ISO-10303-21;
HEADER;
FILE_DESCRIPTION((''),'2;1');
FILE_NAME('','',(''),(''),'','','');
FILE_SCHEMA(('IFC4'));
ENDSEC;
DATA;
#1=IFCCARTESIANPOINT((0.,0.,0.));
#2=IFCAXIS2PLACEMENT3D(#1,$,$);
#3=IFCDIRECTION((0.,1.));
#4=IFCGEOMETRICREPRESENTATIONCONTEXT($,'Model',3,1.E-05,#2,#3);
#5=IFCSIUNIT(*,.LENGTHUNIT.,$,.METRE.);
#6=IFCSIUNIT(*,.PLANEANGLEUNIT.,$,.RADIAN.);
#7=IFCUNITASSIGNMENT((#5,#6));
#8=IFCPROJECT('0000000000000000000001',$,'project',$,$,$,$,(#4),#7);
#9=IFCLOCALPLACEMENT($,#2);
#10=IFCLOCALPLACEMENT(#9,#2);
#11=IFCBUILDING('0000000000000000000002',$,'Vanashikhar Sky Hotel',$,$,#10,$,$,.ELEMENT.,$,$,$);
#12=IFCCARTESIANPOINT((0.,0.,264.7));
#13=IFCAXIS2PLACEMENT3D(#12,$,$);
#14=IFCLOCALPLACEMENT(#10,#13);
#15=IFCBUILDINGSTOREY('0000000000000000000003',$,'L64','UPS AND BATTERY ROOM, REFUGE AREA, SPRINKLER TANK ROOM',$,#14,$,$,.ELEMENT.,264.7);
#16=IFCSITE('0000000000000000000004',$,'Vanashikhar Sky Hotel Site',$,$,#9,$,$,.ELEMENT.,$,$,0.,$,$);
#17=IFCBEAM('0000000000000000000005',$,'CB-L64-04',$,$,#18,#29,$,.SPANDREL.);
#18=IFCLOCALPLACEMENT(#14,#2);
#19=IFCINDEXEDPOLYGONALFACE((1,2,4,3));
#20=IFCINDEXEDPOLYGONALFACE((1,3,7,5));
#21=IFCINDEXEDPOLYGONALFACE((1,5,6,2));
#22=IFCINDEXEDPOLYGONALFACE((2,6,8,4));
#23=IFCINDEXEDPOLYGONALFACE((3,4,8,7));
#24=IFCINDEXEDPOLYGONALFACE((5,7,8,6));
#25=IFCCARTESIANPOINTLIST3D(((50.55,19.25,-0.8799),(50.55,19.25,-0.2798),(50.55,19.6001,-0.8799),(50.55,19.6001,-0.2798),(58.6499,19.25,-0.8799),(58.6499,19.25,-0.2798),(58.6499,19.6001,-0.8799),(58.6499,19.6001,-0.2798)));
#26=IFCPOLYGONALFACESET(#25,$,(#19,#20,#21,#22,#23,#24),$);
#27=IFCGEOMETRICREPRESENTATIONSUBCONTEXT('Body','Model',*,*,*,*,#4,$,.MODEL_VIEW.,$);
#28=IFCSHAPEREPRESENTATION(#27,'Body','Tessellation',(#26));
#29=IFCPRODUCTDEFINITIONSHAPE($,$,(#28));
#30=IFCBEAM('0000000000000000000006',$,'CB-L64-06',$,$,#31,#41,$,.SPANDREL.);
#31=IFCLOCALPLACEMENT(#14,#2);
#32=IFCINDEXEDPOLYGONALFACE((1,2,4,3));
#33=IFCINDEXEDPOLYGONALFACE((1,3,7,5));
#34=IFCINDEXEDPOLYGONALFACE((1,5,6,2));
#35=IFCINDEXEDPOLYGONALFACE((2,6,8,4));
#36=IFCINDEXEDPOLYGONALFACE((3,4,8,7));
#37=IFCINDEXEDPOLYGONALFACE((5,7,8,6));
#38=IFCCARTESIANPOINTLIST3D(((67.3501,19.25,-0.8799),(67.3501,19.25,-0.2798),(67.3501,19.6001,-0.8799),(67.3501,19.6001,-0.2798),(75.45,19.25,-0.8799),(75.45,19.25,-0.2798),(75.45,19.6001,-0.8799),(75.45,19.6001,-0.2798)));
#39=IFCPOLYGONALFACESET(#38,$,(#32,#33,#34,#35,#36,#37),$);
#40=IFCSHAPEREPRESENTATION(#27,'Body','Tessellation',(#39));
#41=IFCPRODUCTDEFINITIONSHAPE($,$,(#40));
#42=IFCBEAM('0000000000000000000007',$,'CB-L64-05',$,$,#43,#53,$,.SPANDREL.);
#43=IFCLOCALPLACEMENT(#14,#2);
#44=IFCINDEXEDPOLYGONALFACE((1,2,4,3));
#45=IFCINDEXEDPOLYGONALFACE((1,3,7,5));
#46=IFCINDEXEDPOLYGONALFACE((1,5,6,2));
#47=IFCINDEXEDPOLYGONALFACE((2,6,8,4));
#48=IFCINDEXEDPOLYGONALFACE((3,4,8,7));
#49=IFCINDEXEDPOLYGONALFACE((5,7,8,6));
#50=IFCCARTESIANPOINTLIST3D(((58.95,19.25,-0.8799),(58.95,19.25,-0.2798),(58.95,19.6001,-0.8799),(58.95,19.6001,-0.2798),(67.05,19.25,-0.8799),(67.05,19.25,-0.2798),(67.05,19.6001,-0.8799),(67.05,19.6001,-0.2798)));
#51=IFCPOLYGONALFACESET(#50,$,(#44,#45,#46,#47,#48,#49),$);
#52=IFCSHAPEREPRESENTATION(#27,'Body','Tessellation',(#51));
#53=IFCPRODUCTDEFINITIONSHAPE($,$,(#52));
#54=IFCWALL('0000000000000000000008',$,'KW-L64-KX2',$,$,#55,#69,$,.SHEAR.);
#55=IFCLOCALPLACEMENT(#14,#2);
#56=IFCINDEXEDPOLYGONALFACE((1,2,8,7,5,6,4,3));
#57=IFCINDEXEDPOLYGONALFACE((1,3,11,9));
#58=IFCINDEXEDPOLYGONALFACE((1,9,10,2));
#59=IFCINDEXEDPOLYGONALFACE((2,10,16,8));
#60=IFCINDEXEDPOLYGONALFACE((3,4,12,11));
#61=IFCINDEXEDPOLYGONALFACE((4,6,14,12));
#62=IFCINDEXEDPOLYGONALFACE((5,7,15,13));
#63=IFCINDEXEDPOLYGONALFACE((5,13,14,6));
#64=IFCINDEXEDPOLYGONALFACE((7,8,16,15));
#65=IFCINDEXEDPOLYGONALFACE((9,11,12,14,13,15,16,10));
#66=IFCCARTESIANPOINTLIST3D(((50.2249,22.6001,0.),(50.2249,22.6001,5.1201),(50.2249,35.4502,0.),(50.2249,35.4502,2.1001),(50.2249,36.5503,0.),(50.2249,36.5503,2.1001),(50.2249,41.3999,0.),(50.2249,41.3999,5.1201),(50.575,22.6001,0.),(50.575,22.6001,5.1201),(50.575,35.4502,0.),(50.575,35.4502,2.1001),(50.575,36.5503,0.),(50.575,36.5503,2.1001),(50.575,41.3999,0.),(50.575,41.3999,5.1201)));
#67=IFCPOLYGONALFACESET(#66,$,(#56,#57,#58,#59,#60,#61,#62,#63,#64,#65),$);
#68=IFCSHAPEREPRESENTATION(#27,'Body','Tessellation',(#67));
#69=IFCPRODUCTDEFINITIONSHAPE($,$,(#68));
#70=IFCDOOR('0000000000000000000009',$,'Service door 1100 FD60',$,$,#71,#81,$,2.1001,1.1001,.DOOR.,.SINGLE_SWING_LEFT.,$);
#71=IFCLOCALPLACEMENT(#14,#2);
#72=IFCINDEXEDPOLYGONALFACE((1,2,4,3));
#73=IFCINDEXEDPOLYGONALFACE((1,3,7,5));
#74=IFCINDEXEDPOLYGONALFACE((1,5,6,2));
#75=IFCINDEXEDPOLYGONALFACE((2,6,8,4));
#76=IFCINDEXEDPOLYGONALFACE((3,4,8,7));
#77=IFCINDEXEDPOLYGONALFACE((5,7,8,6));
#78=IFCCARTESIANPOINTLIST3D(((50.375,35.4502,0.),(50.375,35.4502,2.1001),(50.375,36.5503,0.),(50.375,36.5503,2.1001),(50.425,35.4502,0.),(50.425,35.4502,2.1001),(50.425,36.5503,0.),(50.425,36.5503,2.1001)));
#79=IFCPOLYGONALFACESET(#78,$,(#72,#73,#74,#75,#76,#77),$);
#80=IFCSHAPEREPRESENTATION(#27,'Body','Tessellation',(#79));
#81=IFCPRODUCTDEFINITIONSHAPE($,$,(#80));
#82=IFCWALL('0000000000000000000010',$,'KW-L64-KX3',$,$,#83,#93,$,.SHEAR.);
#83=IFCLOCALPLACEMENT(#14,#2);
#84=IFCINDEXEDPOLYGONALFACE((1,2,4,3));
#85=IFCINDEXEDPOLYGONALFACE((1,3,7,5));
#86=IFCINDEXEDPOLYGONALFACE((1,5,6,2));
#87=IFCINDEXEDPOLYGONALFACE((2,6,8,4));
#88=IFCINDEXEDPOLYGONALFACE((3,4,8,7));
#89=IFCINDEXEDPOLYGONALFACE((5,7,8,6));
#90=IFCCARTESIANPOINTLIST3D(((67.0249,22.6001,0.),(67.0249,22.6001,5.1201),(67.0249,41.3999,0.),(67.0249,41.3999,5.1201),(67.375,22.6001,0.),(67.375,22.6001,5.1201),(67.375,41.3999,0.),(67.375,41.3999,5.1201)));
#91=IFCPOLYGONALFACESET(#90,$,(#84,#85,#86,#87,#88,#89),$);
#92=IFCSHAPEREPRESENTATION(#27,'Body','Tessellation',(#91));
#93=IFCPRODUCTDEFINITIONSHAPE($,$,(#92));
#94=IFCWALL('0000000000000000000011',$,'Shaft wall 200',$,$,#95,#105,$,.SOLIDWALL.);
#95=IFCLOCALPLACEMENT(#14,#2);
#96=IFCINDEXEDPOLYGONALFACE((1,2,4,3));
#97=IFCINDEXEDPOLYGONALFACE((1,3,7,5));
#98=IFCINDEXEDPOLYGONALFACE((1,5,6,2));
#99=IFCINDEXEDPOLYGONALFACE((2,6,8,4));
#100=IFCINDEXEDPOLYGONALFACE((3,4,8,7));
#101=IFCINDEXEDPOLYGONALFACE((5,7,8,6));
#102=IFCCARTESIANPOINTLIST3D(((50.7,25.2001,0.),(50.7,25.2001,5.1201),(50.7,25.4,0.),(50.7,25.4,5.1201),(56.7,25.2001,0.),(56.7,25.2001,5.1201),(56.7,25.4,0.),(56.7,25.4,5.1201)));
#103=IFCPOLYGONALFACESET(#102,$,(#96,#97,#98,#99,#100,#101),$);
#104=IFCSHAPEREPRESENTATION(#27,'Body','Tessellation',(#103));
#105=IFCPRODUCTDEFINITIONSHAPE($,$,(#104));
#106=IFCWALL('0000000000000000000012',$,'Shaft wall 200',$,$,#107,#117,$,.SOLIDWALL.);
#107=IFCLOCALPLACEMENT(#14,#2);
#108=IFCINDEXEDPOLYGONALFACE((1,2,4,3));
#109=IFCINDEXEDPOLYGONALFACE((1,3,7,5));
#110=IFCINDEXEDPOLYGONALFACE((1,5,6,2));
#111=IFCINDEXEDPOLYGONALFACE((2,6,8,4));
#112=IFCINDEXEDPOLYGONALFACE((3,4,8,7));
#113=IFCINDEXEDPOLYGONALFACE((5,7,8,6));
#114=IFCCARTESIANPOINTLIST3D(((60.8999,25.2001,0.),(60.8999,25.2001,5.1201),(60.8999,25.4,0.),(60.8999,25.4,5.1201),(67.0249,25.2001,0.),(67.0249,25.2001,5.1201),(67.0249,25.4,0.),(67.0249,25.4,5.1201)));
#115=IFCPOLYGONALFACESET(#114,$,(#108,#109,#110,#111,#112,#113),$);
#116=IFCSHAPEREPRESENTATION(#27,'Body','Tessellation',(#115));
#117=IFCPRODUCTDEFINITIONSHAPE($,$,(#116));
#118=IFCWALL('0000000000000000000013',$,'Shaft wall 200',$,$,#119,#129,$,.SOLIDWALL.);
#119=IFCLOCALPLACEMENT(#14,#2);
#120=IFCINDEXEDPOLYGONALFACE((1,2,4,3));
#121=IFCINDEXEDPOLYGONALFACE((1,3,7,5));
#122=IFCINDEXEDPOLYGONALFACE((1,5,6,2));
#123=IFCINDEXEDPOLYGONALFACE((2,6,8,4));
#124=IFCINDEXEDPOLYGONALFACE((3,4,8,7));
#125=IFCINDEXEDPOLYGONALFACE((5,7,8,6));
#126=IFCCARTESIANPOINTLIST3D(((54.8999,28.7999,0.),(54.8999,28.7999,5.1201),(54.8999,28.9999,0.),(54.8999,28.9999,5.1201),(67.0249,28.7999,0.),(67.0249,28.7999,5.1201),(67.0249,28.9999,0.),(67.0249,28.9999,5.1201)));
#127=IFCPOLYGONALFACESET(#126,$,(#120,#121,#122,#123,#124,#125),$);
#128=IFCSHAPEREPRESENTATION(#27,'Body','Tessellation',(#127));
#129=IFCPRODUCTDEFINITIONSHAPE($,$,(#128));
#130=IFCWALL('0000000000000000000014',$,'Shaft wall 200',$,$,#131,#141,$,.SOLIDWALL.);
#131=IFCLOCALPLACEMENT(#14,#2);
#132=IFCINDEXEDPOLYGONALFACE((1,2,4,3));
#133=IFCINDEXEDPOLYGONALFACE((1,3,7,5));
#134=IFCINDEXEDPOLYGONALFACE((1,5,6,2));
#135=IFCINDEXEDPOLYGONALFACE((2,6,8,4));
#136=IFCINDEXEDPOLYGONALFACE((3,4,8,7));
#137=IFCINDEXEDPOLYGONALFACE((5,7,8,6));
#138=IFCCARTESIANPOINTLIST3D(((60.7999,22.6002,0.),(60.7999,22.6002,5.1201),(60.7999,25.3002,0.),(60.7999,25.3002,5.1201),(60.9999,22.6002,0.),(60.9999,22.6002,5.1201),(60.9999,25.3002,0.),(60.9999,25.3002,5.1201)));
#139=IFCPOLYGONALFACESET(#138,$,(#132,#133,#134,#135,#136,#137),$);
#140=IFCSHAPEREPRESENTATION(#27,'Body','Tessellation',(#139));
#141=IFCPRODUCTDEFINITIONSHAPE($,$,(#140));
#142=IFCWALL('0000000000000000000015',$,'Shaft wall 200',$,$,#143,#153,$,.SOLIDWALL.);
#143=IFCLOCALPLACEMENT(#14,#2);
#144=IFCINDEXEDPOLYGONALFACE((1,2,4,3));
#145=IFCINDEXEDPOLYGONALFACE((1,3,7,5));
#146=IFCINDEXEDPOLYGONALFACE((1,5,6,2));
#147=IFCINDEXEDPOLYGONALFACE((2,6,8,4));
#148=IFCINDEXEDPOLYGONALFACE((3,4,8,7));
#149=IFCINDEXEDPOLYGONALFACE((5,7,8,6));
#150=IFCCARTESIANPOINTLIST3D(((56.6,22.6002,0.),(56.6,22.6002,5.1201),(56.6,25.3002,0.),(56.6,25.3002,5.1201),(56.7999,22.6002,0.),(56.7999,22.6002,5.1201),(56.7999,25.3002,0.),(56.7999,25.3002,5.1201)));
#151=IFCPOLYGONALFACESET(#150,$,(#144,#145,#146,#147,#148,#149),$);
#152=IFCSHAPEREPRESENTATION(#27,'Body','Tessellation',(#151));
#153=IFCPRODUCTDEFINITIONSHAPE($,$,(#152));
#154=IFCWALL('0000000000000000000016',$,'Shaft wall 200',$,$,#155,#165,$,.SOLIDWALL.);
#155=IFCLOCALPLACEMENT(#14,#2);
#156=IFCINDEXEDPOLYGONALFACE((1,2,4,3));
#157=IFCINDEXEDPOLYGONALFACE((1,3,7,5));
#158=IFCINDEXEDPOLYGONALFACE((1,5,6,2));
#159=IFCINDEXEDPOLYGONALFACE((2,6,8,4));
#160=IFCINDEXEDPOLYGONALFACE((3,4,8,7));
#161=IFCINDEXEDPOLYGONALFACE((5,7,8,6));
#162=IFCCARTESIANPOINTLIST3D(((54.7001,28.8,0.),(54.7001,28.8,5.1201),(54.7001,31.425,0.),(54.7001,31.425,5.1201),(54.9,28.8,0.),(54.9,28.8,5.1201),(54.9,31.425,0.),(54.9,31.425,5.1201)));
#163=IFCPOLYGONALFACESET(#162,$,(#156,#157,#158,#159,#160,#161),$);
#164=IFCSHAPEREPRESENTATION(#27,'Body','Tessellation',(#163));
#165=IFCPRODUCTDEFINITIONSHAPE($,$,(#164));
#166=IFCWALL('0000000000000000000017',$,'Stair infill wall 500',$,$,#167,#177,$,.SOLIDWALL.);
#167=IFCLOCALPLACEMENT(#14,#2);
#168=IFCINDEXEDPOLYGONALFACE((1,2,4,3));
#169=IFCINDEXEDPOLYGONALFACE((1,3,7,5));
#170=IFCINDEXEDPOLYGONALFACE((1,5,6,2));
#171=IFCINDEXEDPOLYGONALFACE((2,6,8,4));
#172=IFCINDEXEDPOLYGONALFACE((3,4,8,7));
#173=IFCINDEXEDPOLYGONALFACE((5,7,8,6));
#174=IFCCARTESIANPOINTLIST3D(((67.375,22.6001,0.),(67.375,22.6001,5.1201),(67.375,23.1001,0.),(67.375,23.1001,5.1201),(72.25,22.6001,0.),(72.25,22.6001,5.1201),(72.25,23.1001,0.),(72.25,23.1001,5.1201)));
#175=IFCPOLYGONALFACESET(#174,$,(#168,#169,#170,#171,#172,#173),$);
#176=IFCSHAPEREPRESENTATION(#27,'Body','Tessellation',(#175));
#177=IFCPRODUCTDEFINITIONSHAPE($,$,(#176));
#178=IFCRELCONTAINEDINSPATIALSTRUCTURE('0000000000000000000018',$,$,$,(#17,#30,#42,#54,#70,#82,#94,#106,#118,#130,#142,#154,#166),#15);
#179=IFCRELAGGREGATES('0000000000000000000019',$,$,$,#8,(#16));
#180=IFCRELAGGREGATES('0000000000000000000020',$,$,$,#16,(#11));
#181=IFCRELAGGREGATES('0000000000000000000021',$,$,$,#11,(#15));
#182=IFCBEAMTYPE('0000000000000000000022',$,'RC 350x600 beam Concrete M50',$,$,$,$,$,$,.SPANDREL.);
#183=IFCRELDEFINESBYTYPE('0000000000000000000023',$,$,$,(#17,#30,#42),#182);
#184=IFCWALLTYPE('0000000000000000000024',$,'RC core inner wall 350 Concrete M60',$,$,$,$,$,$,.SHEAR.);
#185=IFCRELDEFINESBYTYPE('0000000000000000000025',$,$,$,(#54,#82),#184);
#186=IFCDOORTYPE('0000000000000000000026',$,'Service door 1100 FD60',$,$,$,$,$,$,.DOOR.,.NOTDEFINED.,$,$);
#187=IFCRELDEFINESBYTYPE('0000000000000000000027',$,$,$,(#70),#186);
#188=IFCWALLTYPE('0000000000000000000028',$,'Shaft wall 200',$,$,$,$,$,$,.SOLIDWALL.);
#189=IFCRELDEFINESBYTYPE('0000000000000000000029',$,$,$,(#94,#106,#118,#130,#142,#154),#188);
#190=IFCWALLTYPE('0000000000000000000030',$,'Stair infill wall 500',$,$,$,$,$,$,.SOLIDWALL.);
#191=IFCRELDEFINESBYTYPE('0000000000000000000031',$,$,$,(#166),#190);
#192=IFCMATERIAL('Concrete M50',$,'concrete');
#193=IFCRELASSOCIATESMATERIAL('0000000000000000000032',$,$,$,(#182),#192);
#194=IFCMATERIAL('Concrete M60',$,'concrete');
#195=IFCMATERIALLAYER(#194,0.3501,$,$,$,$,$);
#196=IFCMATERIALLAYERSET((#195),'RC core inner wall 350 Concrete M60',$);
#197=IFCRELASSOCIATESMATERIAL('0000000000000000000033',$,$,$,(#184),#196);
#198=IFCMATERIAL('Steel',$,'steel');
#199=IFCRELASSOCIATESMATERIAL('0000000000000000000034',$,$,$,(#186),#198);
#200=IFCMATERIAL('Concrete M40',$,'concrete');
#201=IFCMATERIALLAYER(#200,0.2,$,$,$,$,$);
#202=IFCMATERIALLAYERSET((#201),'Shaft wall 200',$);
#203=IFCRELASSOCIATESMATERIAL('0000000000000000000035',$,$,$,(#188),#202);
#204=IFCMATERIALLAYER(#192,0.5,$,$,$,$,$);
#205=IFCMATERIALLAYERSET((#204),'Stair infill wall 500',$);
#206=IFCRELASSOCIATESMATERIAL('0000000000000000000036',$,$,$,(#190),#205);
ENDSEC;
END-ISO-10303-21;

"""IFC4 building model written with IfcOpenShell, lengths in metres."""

from ifc_helpers import new_model, si_unit, direction, frame, frame_2d, origin, origin_2d, place, context, subcontext, project, spatial, rectangle, extrude, source, transform, mapped, material, layer, layer_set, material_profile, profile_set, type_object, element, fill, save


model = new_model("IFC4")

# Units and contexts
model_context = context("Model", 3, precision=1e-05, world=origin(), true_north=direction((0.0, 1.0)))
body_context = subcontext(model_context, "Body", "Model", "MODEL_VIEW")
ifc_project = project(units=[si_unit("LENGTHUNIT", "METRE"), si_unit("PLANEANGLEUNIT", "RADIAN")], contexts=[model_context])

# Site, building, storey
site_placement = place(None, origin())
site = spatial("IfcSite", under=ifc_project, at=site_placement, Name="Vanashikhar Sky Hotel Site", CompositionType="ELEMENT", RefElevation=0.0)
building_placement = place(site_placement, origin())
building = spatial("IfcBuilding", under=site, at=building_placement, Name="Vanashikhar Sky Hotel", CompositionType="ELEMENT")
storey_placement = place(building_placement, frame((0.0, 0.0, 264.7)))
storey = spatial("IfcBuildingStorey", under=building, at=storey_placement, Name="L64", Description="UPS AND BATTERY ROOM, REFUGE AREA, SPRINKLER TANK ROOM", CompositionType="ELEMENT", Elevation=264.7)

# Beams
ifc_material_1 = material(Name="Concrete M50", Category="concrete")
ifc_material_profile = material_profile(ifc_material_1, rectangle(XDim=0.3501, YDim=0.6001, at=origin_2d()))
ifc_profile_set = profile_set([ifc_material_profile], Name="RC 350x600 beam Concrete M50")
beam_type = type_object("IfcBeamType", Name="RC 350x600 beam Concrete M50", PredefinedType="SPANDREL", material=ifc_profile_set)
shared_shape_1 = source(origin(), body_context, "Body", "SweptSolid", [
    extrude(rectangle(XDim=0.3501, YDim=0.6001, at=origin_2d()), origin(), (0.0, 0.0, 1.0), 8.0999),
])
for number, where, z_axis, x_axis, name in (
    (1, (50.55, 19.425, -0.5798), (1.0, 0.0, 0.0), (0.0, 1.0, 0.0), "CB-L64-04"),
    (2, (67.3501, 19.425, -0.5798), (1.0, 0.0, 0.0), (0.0, 1.0, 0.0), "CB-L64-06"),
):
    element("IfcBeam", number, at=place(storey_placement, frame(where, z_axis=z_axis, x_axis=x_axis)), inside=storey, type_object=beam_type, Name=name, PredefinedType="SPANDREL", context=body_context, shape_type="MappedRepresentation", body=[
        mapped(shared_shape_1, transform((0.0, 0.0, 0.0), scale=1.0)),
    ])
shared_shape_2 = source(origin(), body_context, "Body", "SweptSolid", [
    extrude(rectangle(XDim=0.3501, YDim=0.6001, at=origin_2d()), origin(), (0.0, 0.0, 1.0), 8.1001),
])
beam_placement = place(storey_placement, frame((58.95, 19.425, -0.5798), z_axis=(1.0, 0.0, 0.0), x_axis=(0.0, 1.0, 0.0)))
element("IfcBeam", 3, at=beam_placement, inside=storey, type_object=beam_type, Name="CB-L64-05", PredefinedType="SPANDREL", context=body_context, shape_type="MappedRepresentation", body=[
    mapped(shared_shape_2, transform((0.0, 0.0, 0.0), scale=1.0)),
])

# Wall, opening, door
ifc_material_2 = material(Name="Concrete M60", Category="concrete")
ifc_layer_1 = layer(ifc_material_2, 0.3501)
ifc_layer_set_1 = layer_set([ifc_layer_1], Name="RC core inner wall 350 Concrete M60")
wall_type_1 = type_object("IfcWallType", Name="RC core inner wall 350 Concrete M60", PredefinedType="SHEAR", material=ifc_layer_set_1)
shared_shape_3 = source(origin(), body_context, "Body", "SweptSolid", [
    extrude(rectangle(XDim=18.7998, YDim=0.3501, at=frame_2d((9.3999, 0.0))), origin(), (0.0, 0.0, 1.0), 5.1201),
])
wall_1_placement = place(storey_placement, frame((50.3999, 22.6001, 0.0), z_axis=(0.0, 0.0, 1.0), x_axis=(0.0, 1.0, 0.0)))
wall_1 = element("IfcWall", 4, at=wall_1_placement, inside=storey, type_object=wall_type_1, Name="KW-L64-KX2", PredefinedType="SHEAR", context=body_context, shape_type="MappedRepresentation", body=[
    mapped(shared_shape_3, transform((0.0, 0.0, 0.0), scale=1.0)),
])
shared_shape_4 = source(origin(), body_context, "Body", "SweptSolid", [
    extrude(rectangle(XDim=1.1001, YDim=2.1001, at=frame_2d((0.55, 1.05))), frame((0.0, 0.1851, 0.0), z_axis=(0.0, -1.0, 0.0), x_axis=(1.0, 0.0, 0.0)), (0.0, 0.0, 1.0), 0.3701),
])
opening_1_placement = place(wall_1_placement, frame((12.8501, 0.0, 0.0)))
opening_1 = element("IfcOpeningElement", 5, at=opening_1_placement, cuts=wall_1, PredefinedType="OPENING", context=body_context, shape_type="MappedRepresentation", body=[
    mapped(shared_shape_4, transform((0.0, 0.0, 0.0), scale=1.0)),
])
ifc_material_3 = material(Name="Steel", Category="steel")
door_type_1 = type_object("IfcDoorType", Name="Service door 1100 FD60", OperationType="NOTDEFINED", PredefinedType="DOOR", material=ifc_material_3)
shared_shape_5 = source(origin(), body_context, "Body", "SweptSolid", [
    extrude(rectangle(XDim=1.1001, YDim=2.1001, at=frame_2d((0.55, 1.05))), frame((0.0, 0.0249, 0.0), z_axis=(0.0, -1.0, 0.0), x_axis=(1.0, 0.0, 0.0)), (0.0, 0.0, 1.0), 0.05),
])
door_1_placement = place(opening_1_placement, origin())
door_1 = element("IfcDoor", 6, at=door_1_placement, inside=storey, type_object=door_type_1, Name="Service door 1100 FD60", OperationType="SINGLE_SWING_LEFT", OverallHeight=2.1001, OverallWidth=1.1001, PredefinedType="DOOR", context=body_context, shape_type="MappedRepresentation", body=[
    mapped(shared_shape_5, transform((0.0, 0.0, 0.0), scale=1.0)),
])
fill(opening_1, door_1)

# Walls
wall_2_placement = place(storey_placement, frame((67.2, 22.6001, 0.0), z_axis=(0.0, 0.0, 1.0), x_axis=(0.0, 1.0, 0.0)))
element("IfcWall", 7, at=wall_2_placement, inside=storey, type_object=wall_type_1, Name="KW-L64-KX3", PredefinedType="SHEAR", context=body_context, shape_type="MappedRepresentation", body=[
    mapped(shared_shape_3, transform((0.0, 0.0, 0.0), scale=1.0)),
])
ifc_material_4 = material(Name="Concrete M40", Category="concrete")
ifc_layer_2 = layer(ifc_material_4, 0.2)
ifc_layer_set_2 = layer_set([ifc_layer_2], Name="Shaft wall 200")
wall_type_2 = type_object("IfcWallType", Name="Shaft wall 200", PredefinedType="SOLIDWALL", material=ifc_layer_set_2)
shared_shape_6 = source(origin(), body_context, "Body", "SweptSolid", [
    extrude(rectangle(XDim=6.0, YDim=0.2, at=frame_2d((3.0, 0.0))), origin(), (0.0, 0.0, 1.0), 5.1201),
])
wall_3_placement = place(storey_placement, frame((56.7, 25.3, 0.0), z_axis=(0.0, 0.0, 1.0), x_axis=(-1.0, 0.0, 0.0)))
element("IfcWall", 8, at=wall_3_placement, inside=storey, type_object=wall_type_2, Name="Shaft wall 200", PredefinedType="SOLIDWALL", context=body_context, shape_type="MappedRepresentation", body=[
    mapped(shared_shape_6, transform((0.0, 0.0, 0.0), scale=1.0)),
])
shared_shape_7 = source(origin(), body_context, "Body", "SweptSolid", [
    extrude(rectangle(XDim=6.125, YDim=0.2, at=frame_2d((3.0625, 0.0))), origin(), (0.0, 0.0, 1.0), 5.1201),
])
wall_4_placement = place(storey_placement, frame((67.0249, 25.3, 0.0), z_axis=(0.0, 0.0, 1.0), x_axis=(-1.0, 0.0, 0.0)))
element("IfcWall", 9, at=wall_4_placement, inside=storey, type_object=wall_type_2, Name="Shaft wall 200", PredefinedType="SOLIDWALL", context=body_context, shape_type="MappedRepresentation", body=[
    mapped(shared_shape_7, transform((0.0, 0.0, 0.0), scale=1.0)),
])
shared_shape_8 = source(origin(), body_context, "Body", "SweptSolid", [
    extrude(rectangle(XDim=12.125, YDim=0.2, at=frame_2d((6.0625, 0.0))), origin(), (0.0, 0.0, 1.0), 5.1201),
])
wall_5_placement = place(storey_placement, frame((67.0249, 28.8999, 0.0), z_axis=(0.0, 0.0, 1.0), x_axis=(-1.0, 0.0, 0.0)))
element("IfcWall", 10, at=wall_5_placement, inside=storey, type_object=wall_type_2, Name="Shaft wall 200", PredefinedType="SOLIDWALL", context=body_context, shape_type="MappedRepresentation", body=[
    mapped(shared_shape_8, transform((0.0, 0.0, 0.0), scale=1.0)),
])
shared_shape_9 = source(origin(), body_context, "Body", "SweptSolid", [
    extrude(rectangle(XDim=2.7, YDim=0.2, at=frame_2d((1.3501, 0.0))), origin(), (0.0, 0.0, 1.0), 5.1201),
])
for number, where, z_axis, x_axis, name in (
    (11, (60.8999, 22.6001, 0.0), (0.0, 0.0, 1.0), (0.0, 1.0, 0.0), "Shaft wall 200"),
    (12, (56.7, 22.6001, 0.0), (0.0, 0.0, 1.0), (0.0, 1.0, 0.0), "Shaft wall 200"),
):
    element("IfcWall", number, at=place(storey_placement, frame(where, z_axis=z_axis, x_axis=x_axis)), inside=storey, type_object=wall_type_2, Name=name, PredefinedType="SOLIDWALL", context=body_context, shape_type="MappedRepresentation", body=[
        mapped(shared_shape_9, transform((0.0, 0.0, 0.0), scale=1.0)),
    ])
shared_shape_10 = source(origin(), body_context, "Body", "SweptSolid", [
    extrude(rectangle(XDim=2.625, YDim=0.2, at=frame_2d((1.3125, 0.0))), origin(), (0.0, 0.0, 1.0), 5.1201),
])
wall_6_placement = place(storey_placement, frame((54.8, 28.8, 0.0), z_axis=(0.0, 0.0, 1.0), x_axis=(0.0, 1.0, 0.0)))
element("IfcWall", 13, at=wall_6_placement, inside=storey, type_object=wall_type_2, Name="Shaft wall 200", PredefinedType="SOLIDWALL", context=body_context, shape_type="MappedRepresentation", body=[
    mapped(shared_shape_10, transform((0.0, 0.0, 0.0), scale=1.0)),
])
ifc_layer_3 = layer(ifc_material_1, 0.5)
ifc_layer_set_3 = layer_set([ifc_layer_3], Name="Stair infill wall 500")
wall_type_3 = type_object("IfcWallType", Name="Stair infill wall 500", PredefinedType="SOLIDWALL", material=ifc_layer_set_3)
shared_shape_11 = source(origin(), body_context, "Body", "SweptSolid", [
    extrude(rectangle(XDim=4.875, YDim=0.5, at=frame_2d((2.4375, 0.0))), origin(), (0.0, 0.0, 1.0), 5.1201),
])
wall_7_placement = place(storey_placement, frame((67.375, 22.8501, 0.0), z_axis=(0.0, 0.0, 1.0), x_axis=(1.0, 0.0, 0.0)))
element("IfcWall", 14, at=wall_7_placement, inside=storey, type_object=wall_type_3, Name="Stair infill wall 500", PredefinedType="SOLIDWALL", context=body_context, shape_type="MappedRepresentation", body=[
    mapped(shared_shape_11, transform((0.0, 0.0, 0.0), scale=1.0)),
])

save(model, "model.ifc")
